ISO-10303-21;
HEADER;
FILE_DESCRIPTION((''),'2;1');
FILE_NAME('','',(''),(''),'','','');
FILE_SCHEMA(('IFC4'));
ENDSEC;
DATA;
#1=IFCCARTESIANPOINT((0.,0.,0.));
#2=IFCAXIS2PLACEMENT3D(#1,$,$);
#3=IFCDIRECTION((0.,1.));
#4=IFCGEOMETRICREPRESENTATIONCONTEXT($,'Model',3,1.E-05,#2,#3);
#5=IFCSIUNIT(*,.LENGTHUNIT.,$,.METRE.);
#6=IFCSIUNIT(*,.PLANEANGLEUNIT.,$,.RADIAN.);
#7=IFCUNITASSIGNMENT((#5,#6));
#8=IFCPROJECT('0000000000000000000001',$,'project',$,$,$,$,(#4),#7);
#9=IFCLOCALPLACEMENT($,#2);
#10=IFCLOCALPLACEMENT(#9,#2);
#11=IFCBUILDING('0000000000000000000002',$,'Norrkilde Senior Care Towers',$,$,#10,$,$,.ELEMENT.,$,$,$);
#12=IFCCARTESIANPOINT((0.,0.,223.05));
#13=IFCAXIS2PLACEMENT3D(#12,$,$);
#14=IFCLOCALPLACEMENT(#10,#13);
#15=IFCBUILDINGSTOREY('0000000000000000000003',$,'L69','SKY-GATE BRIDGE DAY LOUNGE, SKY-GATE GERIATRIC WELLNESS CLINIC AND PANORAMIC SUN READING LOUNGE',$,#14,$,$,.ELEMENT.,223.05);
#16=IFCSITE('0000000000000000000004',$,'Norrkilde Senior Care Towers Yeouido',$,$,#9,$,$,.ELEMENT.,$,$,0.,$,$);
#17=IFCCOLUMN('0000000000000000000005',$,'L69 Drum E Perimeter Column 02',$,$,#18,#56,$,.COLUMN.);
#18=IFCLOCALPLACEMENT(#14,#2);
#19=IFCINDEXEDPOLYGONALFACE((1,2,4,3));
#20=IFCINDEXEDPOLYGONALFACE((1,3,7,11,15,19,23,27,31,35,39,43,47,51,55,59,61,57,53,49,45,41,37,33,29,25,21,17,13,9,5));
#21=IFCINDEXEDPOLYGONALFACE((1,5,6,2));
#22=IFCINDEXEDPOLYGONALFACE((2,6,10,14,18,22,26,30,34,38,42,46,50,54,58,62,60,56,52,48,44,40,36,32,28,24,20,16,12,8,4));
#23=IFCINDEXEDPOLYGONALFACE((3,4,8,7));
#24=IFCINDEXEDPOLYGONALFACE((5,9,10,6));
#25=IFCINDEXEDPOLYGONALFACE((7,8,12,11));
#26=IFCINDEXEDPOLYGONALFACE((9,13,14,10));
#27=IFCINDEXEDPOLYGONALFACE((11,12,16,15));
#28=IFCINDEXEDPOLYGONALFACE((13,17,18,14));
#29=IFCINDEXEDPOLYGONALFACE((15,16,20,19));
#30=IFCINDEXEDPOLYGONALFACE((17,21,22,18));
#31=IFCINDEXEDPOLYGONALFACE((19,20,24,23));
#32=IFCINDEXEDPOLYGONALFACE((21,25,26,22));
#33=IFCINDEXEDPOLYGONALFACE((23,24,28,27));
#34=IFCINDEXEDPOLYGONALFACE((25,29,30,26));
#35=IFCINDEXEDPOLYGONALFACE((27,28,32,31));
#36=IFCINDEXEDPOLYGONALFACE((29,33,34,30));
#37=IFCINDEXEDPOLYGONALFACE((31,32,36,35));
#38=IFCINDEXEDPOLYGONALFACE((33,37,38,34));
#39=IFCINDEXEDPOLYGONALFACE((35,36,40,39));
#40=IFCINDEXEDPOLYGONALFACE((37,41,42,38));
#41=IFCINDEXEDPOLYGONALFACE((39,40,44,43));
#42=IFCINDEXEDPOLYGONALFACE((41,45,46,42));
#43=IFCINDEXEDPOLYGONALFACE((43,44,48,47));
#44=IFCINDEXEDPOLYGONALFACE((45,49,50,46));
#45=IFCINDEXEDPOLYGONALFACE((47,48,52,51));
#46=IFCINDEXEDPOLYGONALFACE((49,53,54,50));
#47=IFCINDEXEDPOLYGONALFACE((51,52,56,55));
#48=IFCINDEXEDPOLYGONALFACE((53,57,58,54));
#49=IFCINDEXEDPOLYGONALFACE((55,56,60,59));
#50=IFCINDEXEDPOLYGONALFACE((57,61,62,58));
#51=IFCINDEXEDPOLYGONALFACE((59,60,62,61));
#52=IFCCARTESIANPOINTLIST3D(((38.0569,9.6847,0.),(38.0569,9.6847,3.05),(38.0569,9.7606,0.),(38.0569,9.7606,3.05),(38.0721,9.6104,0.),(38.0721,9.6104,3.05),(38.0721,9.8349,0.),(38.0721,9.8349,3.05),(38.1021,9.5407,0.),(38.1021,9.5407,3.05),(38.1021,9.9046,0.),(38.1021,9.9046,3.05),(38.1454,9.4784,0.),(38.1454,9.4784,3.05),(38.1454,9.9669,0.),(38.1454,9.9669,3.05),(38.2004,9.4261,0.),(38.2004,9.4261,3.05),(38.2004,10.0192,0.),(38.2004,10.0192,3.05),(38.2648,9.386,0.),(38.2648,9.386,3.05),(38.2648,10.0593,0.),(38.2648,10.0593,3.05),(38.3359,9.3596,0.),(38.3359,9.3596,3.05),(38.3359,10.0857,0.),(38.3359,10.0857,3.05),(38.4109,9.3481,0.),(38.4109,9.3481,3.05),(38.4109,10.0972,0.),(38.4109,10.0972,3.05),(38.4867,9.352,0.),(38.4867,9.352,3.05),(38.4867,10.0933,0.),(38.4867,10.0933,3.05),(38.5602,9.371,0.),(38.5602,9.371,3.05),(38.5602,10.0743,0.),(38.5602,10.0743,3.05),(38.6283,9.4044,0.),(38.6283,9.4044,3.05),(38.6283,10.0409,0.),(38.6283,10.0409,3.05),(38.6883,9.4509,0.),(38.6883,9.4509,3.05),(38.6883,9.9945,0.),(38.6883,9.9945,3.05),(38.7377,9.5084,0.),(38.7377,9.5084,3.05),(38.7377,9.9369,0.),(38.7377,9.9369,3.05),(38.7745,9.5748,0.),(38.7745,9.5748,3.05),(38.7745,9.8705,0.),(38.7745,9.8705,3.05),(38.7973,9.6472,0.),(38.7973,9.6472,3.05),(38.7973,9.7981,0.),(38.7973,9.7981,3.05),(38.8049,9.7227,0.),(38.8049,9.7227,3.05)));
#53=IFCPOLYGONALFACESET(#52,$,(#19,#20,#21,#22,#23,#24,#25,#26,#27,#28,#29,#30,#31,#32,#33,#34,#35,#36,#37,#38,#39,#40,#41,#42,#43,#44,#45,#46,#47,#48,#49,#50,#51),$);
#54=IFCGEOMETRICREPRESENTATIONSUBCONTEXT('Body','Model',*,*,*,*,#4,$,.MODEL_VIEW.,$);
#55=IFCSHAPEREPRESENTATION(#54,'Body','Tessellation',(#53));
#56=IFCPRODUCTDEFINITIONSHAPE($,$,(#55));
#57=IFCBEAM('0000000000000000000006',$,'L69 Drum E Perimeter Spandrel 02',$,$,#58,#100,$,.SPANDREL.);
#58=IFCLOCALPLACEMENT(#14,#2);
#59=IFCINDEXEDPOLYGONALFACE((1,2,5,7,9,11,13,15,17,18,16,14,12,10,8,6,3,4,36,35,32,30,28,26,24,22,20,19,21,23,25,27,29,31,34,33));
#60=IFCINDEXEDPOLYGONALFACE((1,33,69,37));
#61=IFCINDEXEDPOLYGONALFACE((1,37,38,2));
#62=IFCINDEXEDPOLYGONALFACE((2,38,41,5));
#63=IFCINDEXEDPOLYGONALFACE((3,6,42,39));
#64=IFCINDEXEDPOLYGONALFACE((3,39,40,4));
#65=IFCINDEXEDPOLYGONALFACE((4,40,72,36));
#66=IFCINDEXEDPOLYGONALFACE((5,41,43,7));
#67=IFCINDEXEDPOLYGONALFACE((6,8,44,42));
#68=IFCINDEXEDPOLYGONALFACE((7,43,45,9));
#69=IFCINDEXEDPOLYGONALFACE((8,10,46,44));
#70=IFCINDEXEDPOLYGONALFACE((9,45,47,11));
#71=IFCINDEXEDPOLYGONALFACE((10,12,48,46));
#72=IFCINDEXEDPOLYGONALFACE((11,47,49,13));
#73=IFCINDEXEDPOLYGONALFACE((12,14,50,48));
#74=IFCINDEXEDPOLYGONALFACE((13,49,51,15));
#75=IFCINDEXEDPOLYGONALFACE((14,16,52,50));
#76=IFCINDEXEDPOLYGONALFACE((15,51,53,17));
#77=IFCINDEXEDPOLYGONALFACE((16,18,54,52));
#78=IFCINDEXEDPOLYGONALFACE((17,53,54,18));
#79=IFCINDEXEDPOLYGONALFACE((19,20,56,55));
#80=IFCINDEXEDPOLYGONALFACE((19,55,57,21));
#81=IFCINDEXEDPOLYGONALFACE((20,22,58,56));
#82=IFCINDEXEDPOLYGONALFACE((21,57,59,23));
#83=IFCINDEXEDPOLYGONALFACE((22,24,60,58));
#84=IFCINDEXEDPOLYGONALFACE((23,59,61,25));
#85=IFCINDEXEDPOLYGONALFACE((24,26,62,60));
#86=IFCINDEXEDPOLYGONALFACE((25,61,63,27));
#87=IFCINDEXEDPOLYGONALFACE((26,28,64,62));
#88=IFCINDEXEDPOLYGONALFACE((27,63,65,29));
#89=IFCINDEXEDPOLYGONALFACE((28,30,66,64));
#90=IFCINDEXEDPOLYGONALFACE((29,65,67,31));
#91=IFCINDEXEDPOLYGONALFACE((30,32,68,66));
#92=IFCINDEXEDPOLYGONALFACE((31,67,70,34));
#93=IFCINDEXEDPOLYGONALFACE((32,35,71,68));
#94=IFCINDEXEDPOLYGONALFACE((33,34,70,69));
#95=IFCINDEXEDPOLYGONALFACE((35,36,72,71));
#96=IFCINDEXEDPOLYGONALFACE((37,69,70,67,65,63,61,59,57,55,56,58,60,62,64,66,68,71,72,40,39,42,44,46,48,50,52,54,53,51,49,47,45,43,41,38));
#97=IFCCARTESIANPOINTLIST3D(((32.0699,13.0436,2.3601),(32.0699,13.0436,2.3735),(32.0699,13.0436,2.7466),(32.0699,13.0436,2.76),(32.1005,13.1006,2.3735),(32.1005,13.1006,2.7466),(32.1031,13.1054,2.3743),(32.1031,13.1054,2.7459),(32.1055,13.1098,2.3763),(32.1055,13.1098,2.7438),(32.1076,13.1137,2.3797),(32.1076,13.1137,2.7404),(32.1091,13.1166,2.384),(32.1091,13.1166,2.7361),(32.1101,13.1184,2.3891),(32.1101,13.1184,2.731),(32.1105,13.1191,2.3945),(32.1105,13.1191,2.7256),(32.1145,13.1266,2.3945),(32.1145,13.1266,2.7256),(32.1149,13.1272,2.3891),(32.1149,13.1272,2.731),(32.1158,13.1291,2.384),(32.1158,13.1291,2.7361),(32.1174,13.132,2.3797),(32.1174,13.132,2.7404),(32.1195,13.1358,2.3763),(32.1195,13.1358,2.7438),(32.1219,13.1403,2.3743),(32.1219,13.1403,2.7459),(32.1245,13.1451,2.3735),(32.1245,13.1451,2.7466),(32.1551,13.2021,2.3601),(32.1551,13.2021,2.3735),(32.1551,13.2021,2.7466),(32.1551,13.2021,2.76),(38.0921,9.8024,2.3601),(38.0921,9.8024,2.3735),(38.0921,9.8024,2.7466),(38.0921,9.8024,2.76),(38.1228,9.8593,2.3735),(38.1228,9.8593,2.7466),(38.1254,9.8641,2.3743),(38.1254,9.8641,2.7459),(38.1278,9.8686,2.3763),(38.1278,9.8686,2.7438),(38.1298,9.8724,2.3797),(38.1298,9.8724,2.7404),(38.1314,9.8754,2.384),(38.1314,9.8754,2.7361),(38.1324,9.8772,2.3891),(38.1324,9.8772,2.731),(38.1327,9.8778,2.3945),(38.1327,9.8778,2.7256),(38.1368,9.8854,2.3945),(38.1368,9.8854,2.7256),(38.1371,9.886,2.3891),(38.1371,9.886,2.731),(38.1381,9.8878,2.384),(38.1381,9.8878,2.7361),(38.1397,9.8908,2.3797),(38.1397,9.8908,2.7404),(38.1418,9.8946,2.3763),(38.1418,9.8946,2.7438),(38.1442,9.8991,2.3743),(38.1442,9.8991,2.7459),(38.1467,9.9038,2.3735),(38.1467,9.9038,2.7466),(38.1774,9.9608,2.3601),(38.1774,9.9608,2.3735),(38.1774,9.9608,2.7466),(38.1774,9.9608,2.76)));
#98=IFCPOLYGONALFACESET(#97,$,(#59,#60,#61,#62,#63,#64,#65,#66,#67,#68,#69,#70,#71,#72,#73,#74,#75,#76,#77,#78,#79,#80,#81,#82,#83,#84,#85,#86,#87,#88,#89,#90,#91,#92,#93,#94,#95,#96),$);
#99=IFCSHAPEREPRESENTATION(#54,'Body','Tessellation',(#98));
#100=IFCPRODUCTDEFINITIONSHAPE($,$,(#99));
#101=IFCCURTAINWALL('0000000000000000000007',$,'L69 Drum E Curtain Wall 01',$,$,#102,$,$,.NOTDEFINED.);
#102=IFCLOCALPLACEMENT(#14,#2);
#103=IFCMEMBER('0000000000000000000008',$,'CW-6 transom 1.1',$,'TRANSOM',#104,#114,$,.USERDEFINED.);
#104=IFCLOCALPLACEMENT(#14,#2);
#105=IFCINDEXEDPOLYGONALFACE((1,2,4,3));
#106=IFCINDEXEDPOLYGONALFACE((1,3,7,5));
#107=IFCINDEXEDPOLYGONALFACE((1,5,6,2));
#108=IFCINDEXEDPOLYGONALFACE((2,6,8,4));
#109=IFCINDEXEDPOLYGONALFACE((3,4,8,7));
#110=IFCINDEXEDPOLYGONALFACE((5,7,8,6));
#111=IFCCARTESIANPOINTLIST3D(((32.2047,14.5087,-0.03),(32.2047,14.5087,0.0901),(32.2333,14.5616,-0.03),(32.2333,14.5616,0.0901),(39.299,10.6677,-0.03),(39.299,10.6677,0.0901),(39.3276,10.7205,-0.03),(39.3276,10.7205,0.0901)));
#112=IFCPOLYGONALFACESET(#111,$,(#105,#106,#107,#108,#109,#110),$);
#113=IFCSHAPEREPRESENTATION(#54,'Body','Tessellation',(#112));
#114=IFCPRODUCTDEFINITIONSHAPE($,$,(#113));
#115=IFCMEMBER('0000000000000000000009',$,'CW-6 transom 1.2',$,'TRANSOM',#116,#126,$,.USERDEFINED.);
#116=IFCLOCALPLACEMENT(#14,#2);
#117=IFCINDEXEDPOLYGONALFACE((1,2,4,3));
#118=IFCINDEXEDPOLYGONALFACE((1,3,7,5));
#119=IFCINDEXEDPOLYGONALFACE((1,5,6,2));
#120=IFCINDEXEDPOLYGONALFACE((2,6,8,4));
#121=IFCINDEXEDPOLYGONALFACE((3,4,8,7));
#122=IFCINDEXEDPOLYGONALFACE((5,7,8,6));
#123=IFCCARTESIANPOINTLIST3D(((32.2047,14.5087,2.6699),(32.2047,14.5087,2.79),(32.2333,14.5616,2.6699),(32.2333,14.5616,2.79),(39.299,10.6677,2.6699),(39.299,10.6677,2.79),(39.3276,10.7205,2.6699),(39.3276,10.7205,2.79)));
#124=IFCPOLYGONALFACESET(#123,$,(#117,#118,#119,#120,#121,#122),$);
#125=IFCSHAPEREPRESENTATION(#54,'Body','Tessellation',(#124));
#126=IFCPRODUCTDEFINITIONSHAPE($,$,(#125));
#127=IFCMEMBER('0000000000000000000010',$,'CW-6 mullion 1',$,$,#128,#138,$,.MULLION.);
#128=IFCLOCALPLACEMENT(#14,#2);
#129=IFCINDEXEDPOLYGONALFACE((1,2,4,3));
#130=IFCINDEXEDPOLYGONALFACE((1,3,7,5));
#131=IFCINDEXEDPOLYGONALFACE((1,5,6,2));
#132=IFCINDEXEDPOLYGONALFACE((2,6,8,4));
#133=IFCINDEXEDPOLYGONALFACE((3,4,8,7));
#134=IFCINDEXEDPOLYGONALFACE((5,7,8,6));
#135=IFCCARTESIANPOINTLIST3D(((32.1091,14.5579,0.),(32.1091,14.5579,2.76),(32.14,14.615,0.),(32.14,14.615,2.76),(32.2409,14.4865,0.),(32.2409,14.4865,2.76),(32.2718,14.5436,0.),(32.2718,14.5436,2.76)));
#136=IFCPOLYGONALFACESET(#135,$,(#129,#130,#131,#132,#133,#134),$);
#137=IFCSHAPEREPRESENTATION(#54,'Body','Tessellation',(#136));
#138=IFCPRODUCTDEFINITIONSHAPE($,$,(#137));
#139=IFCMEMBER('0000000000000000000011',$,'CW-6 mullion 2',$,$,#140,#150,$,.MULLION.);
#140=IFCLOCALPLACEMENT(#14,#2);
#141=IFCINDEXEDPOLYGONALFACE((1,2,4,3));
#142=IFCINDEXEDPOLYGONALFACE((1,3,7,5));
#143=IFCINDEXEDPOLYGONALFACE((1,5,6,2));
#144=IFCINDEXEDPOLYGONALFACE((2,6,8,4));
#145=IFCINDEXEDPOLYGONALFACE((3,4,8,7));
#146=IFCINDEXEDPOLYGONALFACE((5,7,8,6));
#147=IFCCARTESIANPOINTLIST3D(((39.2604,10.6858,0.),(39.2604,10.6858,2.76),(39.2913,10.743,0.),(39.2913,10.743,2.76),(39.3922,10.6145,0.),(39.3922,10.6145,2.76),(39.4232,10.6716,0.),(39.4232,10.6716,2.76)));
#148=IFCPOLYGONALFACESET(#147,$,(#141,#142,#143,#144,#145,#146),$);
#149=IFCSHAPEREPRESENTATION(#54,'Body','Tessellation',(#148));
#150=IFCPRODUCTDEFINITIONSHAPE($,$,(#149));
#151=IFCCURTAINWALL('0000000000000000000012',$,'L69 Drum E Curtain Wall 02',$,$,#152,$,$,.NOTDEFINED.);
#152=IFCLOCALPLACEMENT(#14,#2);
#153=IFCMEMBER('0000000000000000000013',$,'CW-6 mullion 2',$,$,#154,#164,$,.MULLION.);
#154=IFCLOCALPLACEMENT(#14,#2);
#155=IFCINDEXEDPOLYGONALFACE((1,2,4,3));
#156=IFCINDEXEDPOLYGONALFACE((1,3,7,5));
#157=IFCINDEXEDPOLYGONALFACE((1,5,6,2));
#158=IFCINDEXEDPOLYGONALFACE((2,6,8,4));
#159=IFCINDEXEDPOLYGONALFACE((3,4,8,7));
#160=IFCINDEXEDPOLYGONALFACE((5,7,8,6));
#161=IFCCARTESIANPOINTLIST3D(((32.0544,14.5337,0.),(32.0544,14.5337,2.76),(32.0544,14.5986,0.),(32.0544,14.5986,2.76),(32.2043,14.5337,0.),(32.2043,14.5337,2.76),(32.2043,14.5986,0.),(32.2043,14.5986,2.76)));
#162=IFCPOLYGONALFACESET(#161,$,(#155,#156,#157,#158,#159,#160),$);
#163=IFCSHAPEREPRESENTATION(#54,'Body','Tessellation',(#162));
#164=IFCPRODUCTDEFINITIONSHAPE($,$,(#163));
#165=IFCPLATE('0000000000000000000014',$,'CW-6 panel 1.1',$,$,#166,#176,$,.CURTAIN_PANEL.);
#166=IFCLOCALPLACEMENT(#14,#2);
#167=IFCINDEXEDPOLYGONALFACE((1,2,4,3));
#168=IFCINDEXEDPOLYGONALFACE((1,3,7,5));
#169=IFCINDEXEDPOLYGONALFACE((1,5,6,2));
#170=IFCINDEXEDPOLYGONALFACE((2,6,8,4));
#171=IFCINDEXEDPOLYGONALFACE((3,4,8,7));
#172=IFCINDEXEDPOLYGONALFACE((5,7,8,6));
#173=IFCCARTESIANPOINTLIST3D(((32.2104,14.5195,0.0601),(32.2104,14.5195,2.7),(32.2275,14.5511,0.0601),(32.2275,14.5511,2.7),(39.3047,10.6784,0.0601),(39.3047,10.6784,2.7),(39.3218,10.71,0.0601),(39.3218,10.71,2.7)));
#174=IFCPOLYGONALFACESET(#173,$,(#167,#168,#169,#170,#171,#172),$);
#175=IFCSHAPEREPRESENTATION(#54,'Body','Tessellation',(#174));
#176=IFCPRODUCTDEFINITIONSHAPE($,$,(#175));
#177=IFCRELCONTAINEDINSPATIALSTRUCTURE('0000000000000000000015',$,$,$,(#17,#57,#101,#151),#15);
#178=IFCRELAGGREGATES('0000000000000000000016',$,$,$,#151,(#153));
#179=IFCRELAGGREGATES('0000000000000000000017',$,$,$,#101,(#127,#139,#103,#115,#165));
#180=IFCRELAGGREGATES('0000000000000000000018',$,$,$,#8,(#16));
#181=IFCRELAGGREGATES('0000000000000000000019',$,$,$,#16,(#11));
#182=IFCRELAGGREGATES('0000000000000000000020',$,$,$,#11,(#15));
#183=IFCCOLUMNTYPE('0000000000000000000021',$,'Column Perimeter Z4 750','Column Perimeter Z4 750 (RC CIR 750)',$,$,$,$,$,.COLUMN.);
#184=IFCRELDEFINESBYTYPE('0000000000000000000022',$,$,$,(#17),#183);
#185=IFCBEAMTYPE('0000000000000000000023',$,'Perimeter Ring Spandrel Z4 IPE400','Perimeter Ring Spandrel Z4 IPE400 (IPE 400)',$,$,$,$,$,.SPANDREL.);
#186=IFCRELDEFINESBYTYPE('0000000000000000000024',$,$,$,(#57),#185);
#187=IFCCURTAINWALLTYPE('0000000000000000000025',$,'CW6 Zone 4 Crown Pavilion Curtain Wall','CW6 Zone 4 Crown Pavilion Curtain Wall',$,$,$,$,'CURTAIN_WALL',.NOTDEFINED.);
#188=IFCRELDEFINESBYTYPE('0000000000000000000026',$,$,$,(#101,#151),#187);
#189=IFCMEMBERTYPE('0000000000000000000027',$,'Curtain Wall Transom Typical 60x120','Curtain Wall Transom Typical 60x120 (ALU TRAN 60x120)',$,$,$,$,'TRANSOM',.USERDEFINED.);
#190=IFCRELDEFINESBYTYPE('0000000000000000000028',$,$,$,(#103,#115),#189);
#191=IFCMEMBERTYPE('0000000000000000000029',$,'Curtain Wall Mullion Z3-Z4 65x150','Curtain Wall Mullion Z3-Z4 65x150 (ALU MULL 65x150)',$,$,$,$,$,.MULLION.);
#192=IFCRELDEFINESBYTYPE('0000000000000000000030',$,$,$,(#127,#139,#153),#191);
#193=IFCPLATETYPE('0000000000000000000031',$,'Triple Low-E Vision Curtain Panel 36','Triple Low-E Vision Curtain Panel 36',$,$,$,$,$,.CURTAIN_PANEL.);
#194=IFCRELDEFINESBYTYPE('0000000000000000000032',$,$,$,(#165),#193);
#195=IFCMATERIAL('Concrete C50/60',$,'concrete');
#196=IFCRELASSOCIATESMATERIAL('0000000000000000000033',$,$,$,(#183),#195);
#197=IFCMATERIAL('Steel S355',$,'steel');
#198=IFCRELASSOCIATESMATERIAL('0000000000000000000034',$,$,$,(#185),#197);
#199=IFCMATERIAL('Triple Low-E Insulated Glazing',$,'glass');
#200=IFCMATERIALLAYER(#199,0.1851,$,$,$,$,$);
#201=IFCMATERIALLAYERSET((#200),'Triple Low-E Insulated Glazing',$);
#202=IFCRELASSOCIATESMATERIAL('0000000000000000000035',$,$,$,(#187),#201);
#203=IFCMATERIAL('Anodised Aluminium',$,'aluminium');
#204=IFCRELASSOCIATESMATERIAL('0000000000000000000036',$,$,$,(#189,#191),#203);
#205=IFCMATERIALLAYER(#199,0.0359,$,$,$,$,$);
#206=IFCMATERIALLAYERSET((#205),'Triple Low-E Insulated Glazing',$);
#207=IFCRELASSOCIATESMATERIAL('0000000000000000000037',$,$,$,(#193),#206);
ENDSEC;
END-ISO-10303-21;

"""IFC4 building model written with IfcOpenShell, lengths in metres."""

from ifc_helpers import new_model, si_unit, direction, frame, origin, origin_2d, place, context, subcontext, project, spatial, rectangle, circle, i_section, extrude, source, transform, mapped, material, layer, layer_set, material_profile, profile_set, type_object, type_shapes, element, aggregate, save


model = new_model("IFC4")

# Units and contexts
model_context = context("Model", 3, precision=1e-05, world=origin(), true_north=direction((0.0, 1.0)))
body_context = subcontext(model_context, "Body", "Model", "MODEL_VIEW")
ifc_project = project(units=[si_unit("LENGTHUNIT", "METRE"), si_unit("PLANEANGLEUNIT", "RADIAN")], contexts=[model_context])

# Site, building, storey
site_placement = place(None, origin())
site = spatial("IfcSite", under=ifc_project, at=site_placement, Name="Norrkilde Senior Care Towers Yeouido", CompositionType="ELEMENT", RefElevation=0.0)
building_placement = place(site_placement, origin())
building = spatial("IfcBuilding", under=site, at=building_placement, Name="Norrkilde Senior Care Towers", CompositionType="ELEMENT")
storey_placement = place(building_placement, frame((0.0, 0.0, 223.05)))
storey = spatial("IfcBuildingStorey", under=building, at=storey_placement, Name="L69", Description="SKY-GATE BRIDGE DAY LOUNGE, SKY-GATE GERIATRIC WELLNESS CLINIC AND PANORAMIC SUN READING LOUNGE", CompositionType="ELEMENT", Elevation=223.05)

# Column
ifc_material_1 = material(Name="Concrete C50/60", Category="concrete")
ifc_material_profile_1 = material_profile(ifc_material_1, circle(Radius=0.375, at=origin_2d()), Name="RC CIR 750")
ifc_profile_set_1 = profile_set([ifc_material_profile_1], Name="Concrete C50/60")
column_type = type_object("IfcColumnType", Name="Column Perimeter Z4 750", Description="Column Perimeter Z4 750 (RC CIR 750)", PredefinedType="COLUMN", material=ifc_profile_set_1)
shared_shape_1 = source(origin(), body_context, "Body", "SweptSolid", [
    extrude(circle(Radius=0.375, at=origin_2d()), origin(), (0.0, 0.0, 1.0), 3.05),
])
type_shapes(column_type, [shared_shape_1])
column_placement = place(storey_placement, frame((38.4299, 9.7227, 0.0), z_axis=(0.0, 0.0, 1.0), x_axis=(1.0, 0.0, 0.0)))
element("IfcColumn", 1, at=column_placement, inside=storey, type_object=column_type, Name="L69 Drum E Perimeter Column 02", PredefinedType="COLUMN", context=body_context, shape_type="MappedRepresentation", body=[
    mapped(shared_shape_1, transform((0.0, 0.0, 0.0), x_axis=(1.0, 0.0, 0.0), y_axis=(0.0, 1.0, 0.0), z_axis=(0.0, 0.0, 1.0), scale=1.0)),
])

# Beam
ifc_material_2 = material(Name="Steel S355", Category="steel")
ifc_material_profile_2 = material_profile(ifc_material_2, i_section(OverallWidth=0.1799, OverallDepth=0.3999, WebThickness=0.0085, FlangeThickness=0.0134, FilletRadius=0.021, at=origin_2d()), Name="IPE 400")
ifc_profile_set_2 = profile_set([ifc_material_profile_2], Name="Steel S355")
beam_type = type_object("IfcBeamType", Name="Perimeter Ring Spandrel Z4 IPE400", Description="Perimeter Ring Spandrel Z4 IPE400 (IPE 400)", PredefinedType="SPANDREL", material=ifc_profile_set_2)
shared_shape_2 = source(origin(), body_context, "Body", "SweptSolid", [
    extrude(i_section(OverallWidth=0.1799, OverallDepth=0.3999, WebThickness=0.0085, FlangeThickness=0.0134, FilletRadius=0.021, at=origin_2d()), origin(), (0.0, 0.0, 1.0), 6.8391),
])
type_shapes(beam_type, [shared_shape_2])
beam_placement = place(storey_placement, frame((38.1348, 9.8816, 2.5601), z_axis=(-0.880564, 0.473927, 0.0), x_axis=(-0.473927, -0.880564, 0.0)))
element("IfcBeam", 2, at=beam_placement, inside=storey, type_object=beam_type, Name="L69 Drum E Perimeter Spandrel 02", PredefinedType="SPANDREL", context=body_context, shape_type="MappedRepresentation", body=[
    mapped(shared_shape_2, transform((0.0, 0.0, 0.0), x_axis=(1.0, 0.0, 0.0), y_axis=(0.0, 1.0, 0.0), z_axis=(0.0, 0.0, 1.0), scale=1.0)),
])

# Curtain wall, members
ifc_material_3 = material(Name="Triple Low-E Insulated Glazing", Category="glass")
ifc_layer_1 = layer(ifc_material_3, 0.1851)
ifc_layer_set_1 = layer_set([ifc_layer_1], Name="Triple Low-E Insulated Glazing")
curtain_wall_type = type_object("IfcCurtainWallType", Name="CW6 Zone 4 Crown Pavilion Curtain Wall", Description="CW6 Zone 4 Crown Pavilion Curtain Wall", ElementType="CURTAIN_WALL", PredefinedType="NOTDEFINED", material=ifc_layer_set_1)
curtain_wall_1_placement = place(storey_placement, origin())
curtain_wall_1 = element("IfcCurtainWall", 3, at=curtain_wall_1_placement, inside=storey, type_object=curtain_wall_type, Name="L69 Drum E Curtain Wall 01", PredefinedType="NOTDEFINED")
ifc_material_4 = material(Name="Anodised Aluminium", Category="aluminium")
ifc_material_profile_3 = material_profile(ifc_material_4, rectangle(XDim=0.0601, YDim=0.1201, at=origin_2d()), Name="ALU TRAN 60x120")
ifc_profile_set_3 = profile_set([ifc_material_profile_3], Name="Anodised Aluminium")
member_type_1 = type_object("IfcMemberType", Name="Curtain Wall Transom Typical 60x120", Description="Curtain Wall Transom Typical 60x120 (ALU TRAN 60x120)", ElementType="TRANSOM", PredefinedType="USERDEFINED", material=ifc_profile_set_3)
shared_shape_3 = source(origin(), body_context, "Body", "SweptSolid", [
    extrude(rectangle(XDim=0.0601, YDim=0.1201, at=origin_2d()), origin(), (0.0, 0.0, 1.0), 8.0674),
])
type_shapes(member_type_1, [shared_shape_3])
member_1_placement = place(storey_placement, frame((32.219, 14.5352, 0.03), z_axis=(0.879378, -0.476125, 0.0), x_axis=(0.476125, 0.879378, 0.0)))
member_1 = element("IfcMember", 4, at=member_1_placement, type_object=member_type_1, Name="CW-6 transom 1.1", ObjectType="TRANSOM", PredefinedType="USERDEFINED", context=body_context, shape_type="MappedRepresentation", body=[
    mapped(shared_shape_3, transform((0.0, 0.0, 0.0), x_axis=(1.0, 0.0, 0.0), y_axis=(0.0, 1.0, 0.0), z_axis=(0.0, 0.0, 1.0), scale=1.0)),
])
member_2_placement = place(storey_placement, frame((32.219, 14.5352, 2.73), z_axis=(0.879378, -0.476125, 0.0), x_axis=(0.476125, 0.879378, 0.0)))
member_2 = element("IfcMember", 5, at=member_2_placement, type_object=member_type_1, Name="CW-6 transom 1.2", ObjectType="TRANSOM", PredefinedType="USERDEFINED", context=body_context, shape_type="MappedRepresentation", body=[
    mapped(shared_shape_3, transform((0.0, 0.0, 0.0), x_axis=(1.0, 0.0, 0.0), y_axis=(0.0, 1.0, 0.0), z_axis=(0.0, 0.0, 1.0), scale=1.0)),
])
ifc_material_profile_4 = material_profile(ifc_material_4, rectangle(XDim=0.0649, YDim=0.1499, at=origin_2d()), Name="ALU MULL 65x150")
ifc_profile_set_4 = profile_set([ifc_material_profile_4], Name="Anodised Aluminium")
member_type_2 = type_object("IfcMemberType", Name="Curtain Wall Mullion Z3-Z4 65x150", Description="Curtain Wall Mullion Z3-Z4 65x150 (ALU MULL 65x150)", PredefinedType="MULLION", material=ifc_profile_set_4)
shared_shape_4 = source(origin(), body_context, "Body", "SweptSolid", [
    extrude(rectangle(XDim=0.0649, YDim=0.1499, at=origin_2d()), origin(), (0.0, 0.0, 1.0), 2.76),
])
type_shapes(member_type_2, [shared_shape_4])
member_3_placement = place(storey_placement, frame((32.1904, 14.5508, 0.0), z_axis=(0.0, 0.0, 1.0), x_axis=(0.476133, 0.879373, 0.0)))
member_3 = element("IfcMember", 6, at=member_3_placement, type_object=member_type_2, Name="CW-6 mullion 1", PredefinedType="MULLION", context=body_context, shape_type="MappedRepresentation", body=[
    mapped(shared_shape_4, transform((0.0, 0.0, 0.0), x_axis=(1.0, 0.0, 0.0), y_axis=(0.0, 1.0, 0.0), z_axis=(0.0, 0.0, 1.0), scale=1.0)),
])
member_4_placement = place(storey_placement, frame((39.3418, 10.6787, 0.0), z_axis=(0.0, 0.0, 1.0), x_axis=(0.476133, 0.879373, 0.0)))
member_4 = element("IfcMember", 7, at=member_4_placement, type_object=member_type_2, Name="CW-6 mullion 2", PredefinedType="MULLION", context=body_context, shape_type="MappedRepresentation", body=[
    mapped(shared_shape_4, transform((0.0, 0.0, 0.0), x_axis=(1.0, 0.0, 0.0), y_axis=(0.0, 1.0, 0.0), z_axis=(0.0, 0.0, 1.0), scale=1.0)),
])

# Curtain wall, member
curtain_wall_2_placement = place(storey_placement, origin())
curtain_wall_2 = element("IfcCurtainWall", 8, at=curtain_wall_2_placement, inside=storey, type_object=curtain_wall_type, Name="L69 Drum E Curtain Wall 02", PredefinedType="NOTDEFINED")
member_5_placement = place(storey_placement, frame((32.1294, 14.5662, 0.0), z_axis=(0.0, 0.0, 1.0), x_axis=(0.0, 1.0, 0.0)))
member_5 = element("IfcMember", 9, at=member_5_placement, type_object=member_type_2, Name="CW-6 mullion 2", PredefinedType="MULLION", context=body_context, shape_type="MappedRepresentation", body=[
    mapped(shared_shape_4, transform((0.0, 0.0, 0.0), x_axis=(1.0, 0.0, 0.0), y_axis=(0.0, 1.0, 0.0), z_axis=(0.0, 0.0, 1.0), scale=1.0)),
])
aggregate(curtain_wall_2, [member_5])

# Plate
ifc_layer_2 = layer(ifc_material_3, 0.0359)
ifc_layer_set_2 = layer_set([ifc_layer_2], Name="Triple Low-E Insulated Glazing")
plate_type = type_object("IfcPlateType", Name="Triple Low-E Vision Curtain Panel 36", Description="Triple Low-E Vision Curtain Panel 36", PredefinedType="CURTAIN_PANEL", material=ifc_layer_set_2)
shared_shape_5 = source(origin(), body_context, "Body", "SweptSolid", [
    extrude(rectangle(XDim=8.0674, YDim=0.0359, at=origin_2d()), origin(), (0.0, 0.0, 1.0), 2.6399),
])
type_shapes(plate_type, [shared_shape_5])
plate_placement = place(storey_placement, frame((35.7661, 12.6147, 0.0601), z_axis=(0.0, 0.0, 1.0), x_axis=(0.879373, -0.476133, 0.0)))
plate = element("IfcPlate", 10, at=plate_placement, type_object=plate_type, Name="CW-6 panel 1.1", PredefinedType="CURTAIN_PANEL", context=body_context, shape_type="MappedRepresentation", body=[
    mapped(shared_shape_5, transform((0.0, 0.0, 0.0), x_axis=(1.0, 0.0, 0.0), y_axis=(0.0, 1.0, 0.0), z_axis=(0.0, 0.0, 1.0), scale=1.0)),
])
aggregate(curtain_wall_1, [member_3, member_4, member_1, member_2, plate])

save(model, "model.ifc")
